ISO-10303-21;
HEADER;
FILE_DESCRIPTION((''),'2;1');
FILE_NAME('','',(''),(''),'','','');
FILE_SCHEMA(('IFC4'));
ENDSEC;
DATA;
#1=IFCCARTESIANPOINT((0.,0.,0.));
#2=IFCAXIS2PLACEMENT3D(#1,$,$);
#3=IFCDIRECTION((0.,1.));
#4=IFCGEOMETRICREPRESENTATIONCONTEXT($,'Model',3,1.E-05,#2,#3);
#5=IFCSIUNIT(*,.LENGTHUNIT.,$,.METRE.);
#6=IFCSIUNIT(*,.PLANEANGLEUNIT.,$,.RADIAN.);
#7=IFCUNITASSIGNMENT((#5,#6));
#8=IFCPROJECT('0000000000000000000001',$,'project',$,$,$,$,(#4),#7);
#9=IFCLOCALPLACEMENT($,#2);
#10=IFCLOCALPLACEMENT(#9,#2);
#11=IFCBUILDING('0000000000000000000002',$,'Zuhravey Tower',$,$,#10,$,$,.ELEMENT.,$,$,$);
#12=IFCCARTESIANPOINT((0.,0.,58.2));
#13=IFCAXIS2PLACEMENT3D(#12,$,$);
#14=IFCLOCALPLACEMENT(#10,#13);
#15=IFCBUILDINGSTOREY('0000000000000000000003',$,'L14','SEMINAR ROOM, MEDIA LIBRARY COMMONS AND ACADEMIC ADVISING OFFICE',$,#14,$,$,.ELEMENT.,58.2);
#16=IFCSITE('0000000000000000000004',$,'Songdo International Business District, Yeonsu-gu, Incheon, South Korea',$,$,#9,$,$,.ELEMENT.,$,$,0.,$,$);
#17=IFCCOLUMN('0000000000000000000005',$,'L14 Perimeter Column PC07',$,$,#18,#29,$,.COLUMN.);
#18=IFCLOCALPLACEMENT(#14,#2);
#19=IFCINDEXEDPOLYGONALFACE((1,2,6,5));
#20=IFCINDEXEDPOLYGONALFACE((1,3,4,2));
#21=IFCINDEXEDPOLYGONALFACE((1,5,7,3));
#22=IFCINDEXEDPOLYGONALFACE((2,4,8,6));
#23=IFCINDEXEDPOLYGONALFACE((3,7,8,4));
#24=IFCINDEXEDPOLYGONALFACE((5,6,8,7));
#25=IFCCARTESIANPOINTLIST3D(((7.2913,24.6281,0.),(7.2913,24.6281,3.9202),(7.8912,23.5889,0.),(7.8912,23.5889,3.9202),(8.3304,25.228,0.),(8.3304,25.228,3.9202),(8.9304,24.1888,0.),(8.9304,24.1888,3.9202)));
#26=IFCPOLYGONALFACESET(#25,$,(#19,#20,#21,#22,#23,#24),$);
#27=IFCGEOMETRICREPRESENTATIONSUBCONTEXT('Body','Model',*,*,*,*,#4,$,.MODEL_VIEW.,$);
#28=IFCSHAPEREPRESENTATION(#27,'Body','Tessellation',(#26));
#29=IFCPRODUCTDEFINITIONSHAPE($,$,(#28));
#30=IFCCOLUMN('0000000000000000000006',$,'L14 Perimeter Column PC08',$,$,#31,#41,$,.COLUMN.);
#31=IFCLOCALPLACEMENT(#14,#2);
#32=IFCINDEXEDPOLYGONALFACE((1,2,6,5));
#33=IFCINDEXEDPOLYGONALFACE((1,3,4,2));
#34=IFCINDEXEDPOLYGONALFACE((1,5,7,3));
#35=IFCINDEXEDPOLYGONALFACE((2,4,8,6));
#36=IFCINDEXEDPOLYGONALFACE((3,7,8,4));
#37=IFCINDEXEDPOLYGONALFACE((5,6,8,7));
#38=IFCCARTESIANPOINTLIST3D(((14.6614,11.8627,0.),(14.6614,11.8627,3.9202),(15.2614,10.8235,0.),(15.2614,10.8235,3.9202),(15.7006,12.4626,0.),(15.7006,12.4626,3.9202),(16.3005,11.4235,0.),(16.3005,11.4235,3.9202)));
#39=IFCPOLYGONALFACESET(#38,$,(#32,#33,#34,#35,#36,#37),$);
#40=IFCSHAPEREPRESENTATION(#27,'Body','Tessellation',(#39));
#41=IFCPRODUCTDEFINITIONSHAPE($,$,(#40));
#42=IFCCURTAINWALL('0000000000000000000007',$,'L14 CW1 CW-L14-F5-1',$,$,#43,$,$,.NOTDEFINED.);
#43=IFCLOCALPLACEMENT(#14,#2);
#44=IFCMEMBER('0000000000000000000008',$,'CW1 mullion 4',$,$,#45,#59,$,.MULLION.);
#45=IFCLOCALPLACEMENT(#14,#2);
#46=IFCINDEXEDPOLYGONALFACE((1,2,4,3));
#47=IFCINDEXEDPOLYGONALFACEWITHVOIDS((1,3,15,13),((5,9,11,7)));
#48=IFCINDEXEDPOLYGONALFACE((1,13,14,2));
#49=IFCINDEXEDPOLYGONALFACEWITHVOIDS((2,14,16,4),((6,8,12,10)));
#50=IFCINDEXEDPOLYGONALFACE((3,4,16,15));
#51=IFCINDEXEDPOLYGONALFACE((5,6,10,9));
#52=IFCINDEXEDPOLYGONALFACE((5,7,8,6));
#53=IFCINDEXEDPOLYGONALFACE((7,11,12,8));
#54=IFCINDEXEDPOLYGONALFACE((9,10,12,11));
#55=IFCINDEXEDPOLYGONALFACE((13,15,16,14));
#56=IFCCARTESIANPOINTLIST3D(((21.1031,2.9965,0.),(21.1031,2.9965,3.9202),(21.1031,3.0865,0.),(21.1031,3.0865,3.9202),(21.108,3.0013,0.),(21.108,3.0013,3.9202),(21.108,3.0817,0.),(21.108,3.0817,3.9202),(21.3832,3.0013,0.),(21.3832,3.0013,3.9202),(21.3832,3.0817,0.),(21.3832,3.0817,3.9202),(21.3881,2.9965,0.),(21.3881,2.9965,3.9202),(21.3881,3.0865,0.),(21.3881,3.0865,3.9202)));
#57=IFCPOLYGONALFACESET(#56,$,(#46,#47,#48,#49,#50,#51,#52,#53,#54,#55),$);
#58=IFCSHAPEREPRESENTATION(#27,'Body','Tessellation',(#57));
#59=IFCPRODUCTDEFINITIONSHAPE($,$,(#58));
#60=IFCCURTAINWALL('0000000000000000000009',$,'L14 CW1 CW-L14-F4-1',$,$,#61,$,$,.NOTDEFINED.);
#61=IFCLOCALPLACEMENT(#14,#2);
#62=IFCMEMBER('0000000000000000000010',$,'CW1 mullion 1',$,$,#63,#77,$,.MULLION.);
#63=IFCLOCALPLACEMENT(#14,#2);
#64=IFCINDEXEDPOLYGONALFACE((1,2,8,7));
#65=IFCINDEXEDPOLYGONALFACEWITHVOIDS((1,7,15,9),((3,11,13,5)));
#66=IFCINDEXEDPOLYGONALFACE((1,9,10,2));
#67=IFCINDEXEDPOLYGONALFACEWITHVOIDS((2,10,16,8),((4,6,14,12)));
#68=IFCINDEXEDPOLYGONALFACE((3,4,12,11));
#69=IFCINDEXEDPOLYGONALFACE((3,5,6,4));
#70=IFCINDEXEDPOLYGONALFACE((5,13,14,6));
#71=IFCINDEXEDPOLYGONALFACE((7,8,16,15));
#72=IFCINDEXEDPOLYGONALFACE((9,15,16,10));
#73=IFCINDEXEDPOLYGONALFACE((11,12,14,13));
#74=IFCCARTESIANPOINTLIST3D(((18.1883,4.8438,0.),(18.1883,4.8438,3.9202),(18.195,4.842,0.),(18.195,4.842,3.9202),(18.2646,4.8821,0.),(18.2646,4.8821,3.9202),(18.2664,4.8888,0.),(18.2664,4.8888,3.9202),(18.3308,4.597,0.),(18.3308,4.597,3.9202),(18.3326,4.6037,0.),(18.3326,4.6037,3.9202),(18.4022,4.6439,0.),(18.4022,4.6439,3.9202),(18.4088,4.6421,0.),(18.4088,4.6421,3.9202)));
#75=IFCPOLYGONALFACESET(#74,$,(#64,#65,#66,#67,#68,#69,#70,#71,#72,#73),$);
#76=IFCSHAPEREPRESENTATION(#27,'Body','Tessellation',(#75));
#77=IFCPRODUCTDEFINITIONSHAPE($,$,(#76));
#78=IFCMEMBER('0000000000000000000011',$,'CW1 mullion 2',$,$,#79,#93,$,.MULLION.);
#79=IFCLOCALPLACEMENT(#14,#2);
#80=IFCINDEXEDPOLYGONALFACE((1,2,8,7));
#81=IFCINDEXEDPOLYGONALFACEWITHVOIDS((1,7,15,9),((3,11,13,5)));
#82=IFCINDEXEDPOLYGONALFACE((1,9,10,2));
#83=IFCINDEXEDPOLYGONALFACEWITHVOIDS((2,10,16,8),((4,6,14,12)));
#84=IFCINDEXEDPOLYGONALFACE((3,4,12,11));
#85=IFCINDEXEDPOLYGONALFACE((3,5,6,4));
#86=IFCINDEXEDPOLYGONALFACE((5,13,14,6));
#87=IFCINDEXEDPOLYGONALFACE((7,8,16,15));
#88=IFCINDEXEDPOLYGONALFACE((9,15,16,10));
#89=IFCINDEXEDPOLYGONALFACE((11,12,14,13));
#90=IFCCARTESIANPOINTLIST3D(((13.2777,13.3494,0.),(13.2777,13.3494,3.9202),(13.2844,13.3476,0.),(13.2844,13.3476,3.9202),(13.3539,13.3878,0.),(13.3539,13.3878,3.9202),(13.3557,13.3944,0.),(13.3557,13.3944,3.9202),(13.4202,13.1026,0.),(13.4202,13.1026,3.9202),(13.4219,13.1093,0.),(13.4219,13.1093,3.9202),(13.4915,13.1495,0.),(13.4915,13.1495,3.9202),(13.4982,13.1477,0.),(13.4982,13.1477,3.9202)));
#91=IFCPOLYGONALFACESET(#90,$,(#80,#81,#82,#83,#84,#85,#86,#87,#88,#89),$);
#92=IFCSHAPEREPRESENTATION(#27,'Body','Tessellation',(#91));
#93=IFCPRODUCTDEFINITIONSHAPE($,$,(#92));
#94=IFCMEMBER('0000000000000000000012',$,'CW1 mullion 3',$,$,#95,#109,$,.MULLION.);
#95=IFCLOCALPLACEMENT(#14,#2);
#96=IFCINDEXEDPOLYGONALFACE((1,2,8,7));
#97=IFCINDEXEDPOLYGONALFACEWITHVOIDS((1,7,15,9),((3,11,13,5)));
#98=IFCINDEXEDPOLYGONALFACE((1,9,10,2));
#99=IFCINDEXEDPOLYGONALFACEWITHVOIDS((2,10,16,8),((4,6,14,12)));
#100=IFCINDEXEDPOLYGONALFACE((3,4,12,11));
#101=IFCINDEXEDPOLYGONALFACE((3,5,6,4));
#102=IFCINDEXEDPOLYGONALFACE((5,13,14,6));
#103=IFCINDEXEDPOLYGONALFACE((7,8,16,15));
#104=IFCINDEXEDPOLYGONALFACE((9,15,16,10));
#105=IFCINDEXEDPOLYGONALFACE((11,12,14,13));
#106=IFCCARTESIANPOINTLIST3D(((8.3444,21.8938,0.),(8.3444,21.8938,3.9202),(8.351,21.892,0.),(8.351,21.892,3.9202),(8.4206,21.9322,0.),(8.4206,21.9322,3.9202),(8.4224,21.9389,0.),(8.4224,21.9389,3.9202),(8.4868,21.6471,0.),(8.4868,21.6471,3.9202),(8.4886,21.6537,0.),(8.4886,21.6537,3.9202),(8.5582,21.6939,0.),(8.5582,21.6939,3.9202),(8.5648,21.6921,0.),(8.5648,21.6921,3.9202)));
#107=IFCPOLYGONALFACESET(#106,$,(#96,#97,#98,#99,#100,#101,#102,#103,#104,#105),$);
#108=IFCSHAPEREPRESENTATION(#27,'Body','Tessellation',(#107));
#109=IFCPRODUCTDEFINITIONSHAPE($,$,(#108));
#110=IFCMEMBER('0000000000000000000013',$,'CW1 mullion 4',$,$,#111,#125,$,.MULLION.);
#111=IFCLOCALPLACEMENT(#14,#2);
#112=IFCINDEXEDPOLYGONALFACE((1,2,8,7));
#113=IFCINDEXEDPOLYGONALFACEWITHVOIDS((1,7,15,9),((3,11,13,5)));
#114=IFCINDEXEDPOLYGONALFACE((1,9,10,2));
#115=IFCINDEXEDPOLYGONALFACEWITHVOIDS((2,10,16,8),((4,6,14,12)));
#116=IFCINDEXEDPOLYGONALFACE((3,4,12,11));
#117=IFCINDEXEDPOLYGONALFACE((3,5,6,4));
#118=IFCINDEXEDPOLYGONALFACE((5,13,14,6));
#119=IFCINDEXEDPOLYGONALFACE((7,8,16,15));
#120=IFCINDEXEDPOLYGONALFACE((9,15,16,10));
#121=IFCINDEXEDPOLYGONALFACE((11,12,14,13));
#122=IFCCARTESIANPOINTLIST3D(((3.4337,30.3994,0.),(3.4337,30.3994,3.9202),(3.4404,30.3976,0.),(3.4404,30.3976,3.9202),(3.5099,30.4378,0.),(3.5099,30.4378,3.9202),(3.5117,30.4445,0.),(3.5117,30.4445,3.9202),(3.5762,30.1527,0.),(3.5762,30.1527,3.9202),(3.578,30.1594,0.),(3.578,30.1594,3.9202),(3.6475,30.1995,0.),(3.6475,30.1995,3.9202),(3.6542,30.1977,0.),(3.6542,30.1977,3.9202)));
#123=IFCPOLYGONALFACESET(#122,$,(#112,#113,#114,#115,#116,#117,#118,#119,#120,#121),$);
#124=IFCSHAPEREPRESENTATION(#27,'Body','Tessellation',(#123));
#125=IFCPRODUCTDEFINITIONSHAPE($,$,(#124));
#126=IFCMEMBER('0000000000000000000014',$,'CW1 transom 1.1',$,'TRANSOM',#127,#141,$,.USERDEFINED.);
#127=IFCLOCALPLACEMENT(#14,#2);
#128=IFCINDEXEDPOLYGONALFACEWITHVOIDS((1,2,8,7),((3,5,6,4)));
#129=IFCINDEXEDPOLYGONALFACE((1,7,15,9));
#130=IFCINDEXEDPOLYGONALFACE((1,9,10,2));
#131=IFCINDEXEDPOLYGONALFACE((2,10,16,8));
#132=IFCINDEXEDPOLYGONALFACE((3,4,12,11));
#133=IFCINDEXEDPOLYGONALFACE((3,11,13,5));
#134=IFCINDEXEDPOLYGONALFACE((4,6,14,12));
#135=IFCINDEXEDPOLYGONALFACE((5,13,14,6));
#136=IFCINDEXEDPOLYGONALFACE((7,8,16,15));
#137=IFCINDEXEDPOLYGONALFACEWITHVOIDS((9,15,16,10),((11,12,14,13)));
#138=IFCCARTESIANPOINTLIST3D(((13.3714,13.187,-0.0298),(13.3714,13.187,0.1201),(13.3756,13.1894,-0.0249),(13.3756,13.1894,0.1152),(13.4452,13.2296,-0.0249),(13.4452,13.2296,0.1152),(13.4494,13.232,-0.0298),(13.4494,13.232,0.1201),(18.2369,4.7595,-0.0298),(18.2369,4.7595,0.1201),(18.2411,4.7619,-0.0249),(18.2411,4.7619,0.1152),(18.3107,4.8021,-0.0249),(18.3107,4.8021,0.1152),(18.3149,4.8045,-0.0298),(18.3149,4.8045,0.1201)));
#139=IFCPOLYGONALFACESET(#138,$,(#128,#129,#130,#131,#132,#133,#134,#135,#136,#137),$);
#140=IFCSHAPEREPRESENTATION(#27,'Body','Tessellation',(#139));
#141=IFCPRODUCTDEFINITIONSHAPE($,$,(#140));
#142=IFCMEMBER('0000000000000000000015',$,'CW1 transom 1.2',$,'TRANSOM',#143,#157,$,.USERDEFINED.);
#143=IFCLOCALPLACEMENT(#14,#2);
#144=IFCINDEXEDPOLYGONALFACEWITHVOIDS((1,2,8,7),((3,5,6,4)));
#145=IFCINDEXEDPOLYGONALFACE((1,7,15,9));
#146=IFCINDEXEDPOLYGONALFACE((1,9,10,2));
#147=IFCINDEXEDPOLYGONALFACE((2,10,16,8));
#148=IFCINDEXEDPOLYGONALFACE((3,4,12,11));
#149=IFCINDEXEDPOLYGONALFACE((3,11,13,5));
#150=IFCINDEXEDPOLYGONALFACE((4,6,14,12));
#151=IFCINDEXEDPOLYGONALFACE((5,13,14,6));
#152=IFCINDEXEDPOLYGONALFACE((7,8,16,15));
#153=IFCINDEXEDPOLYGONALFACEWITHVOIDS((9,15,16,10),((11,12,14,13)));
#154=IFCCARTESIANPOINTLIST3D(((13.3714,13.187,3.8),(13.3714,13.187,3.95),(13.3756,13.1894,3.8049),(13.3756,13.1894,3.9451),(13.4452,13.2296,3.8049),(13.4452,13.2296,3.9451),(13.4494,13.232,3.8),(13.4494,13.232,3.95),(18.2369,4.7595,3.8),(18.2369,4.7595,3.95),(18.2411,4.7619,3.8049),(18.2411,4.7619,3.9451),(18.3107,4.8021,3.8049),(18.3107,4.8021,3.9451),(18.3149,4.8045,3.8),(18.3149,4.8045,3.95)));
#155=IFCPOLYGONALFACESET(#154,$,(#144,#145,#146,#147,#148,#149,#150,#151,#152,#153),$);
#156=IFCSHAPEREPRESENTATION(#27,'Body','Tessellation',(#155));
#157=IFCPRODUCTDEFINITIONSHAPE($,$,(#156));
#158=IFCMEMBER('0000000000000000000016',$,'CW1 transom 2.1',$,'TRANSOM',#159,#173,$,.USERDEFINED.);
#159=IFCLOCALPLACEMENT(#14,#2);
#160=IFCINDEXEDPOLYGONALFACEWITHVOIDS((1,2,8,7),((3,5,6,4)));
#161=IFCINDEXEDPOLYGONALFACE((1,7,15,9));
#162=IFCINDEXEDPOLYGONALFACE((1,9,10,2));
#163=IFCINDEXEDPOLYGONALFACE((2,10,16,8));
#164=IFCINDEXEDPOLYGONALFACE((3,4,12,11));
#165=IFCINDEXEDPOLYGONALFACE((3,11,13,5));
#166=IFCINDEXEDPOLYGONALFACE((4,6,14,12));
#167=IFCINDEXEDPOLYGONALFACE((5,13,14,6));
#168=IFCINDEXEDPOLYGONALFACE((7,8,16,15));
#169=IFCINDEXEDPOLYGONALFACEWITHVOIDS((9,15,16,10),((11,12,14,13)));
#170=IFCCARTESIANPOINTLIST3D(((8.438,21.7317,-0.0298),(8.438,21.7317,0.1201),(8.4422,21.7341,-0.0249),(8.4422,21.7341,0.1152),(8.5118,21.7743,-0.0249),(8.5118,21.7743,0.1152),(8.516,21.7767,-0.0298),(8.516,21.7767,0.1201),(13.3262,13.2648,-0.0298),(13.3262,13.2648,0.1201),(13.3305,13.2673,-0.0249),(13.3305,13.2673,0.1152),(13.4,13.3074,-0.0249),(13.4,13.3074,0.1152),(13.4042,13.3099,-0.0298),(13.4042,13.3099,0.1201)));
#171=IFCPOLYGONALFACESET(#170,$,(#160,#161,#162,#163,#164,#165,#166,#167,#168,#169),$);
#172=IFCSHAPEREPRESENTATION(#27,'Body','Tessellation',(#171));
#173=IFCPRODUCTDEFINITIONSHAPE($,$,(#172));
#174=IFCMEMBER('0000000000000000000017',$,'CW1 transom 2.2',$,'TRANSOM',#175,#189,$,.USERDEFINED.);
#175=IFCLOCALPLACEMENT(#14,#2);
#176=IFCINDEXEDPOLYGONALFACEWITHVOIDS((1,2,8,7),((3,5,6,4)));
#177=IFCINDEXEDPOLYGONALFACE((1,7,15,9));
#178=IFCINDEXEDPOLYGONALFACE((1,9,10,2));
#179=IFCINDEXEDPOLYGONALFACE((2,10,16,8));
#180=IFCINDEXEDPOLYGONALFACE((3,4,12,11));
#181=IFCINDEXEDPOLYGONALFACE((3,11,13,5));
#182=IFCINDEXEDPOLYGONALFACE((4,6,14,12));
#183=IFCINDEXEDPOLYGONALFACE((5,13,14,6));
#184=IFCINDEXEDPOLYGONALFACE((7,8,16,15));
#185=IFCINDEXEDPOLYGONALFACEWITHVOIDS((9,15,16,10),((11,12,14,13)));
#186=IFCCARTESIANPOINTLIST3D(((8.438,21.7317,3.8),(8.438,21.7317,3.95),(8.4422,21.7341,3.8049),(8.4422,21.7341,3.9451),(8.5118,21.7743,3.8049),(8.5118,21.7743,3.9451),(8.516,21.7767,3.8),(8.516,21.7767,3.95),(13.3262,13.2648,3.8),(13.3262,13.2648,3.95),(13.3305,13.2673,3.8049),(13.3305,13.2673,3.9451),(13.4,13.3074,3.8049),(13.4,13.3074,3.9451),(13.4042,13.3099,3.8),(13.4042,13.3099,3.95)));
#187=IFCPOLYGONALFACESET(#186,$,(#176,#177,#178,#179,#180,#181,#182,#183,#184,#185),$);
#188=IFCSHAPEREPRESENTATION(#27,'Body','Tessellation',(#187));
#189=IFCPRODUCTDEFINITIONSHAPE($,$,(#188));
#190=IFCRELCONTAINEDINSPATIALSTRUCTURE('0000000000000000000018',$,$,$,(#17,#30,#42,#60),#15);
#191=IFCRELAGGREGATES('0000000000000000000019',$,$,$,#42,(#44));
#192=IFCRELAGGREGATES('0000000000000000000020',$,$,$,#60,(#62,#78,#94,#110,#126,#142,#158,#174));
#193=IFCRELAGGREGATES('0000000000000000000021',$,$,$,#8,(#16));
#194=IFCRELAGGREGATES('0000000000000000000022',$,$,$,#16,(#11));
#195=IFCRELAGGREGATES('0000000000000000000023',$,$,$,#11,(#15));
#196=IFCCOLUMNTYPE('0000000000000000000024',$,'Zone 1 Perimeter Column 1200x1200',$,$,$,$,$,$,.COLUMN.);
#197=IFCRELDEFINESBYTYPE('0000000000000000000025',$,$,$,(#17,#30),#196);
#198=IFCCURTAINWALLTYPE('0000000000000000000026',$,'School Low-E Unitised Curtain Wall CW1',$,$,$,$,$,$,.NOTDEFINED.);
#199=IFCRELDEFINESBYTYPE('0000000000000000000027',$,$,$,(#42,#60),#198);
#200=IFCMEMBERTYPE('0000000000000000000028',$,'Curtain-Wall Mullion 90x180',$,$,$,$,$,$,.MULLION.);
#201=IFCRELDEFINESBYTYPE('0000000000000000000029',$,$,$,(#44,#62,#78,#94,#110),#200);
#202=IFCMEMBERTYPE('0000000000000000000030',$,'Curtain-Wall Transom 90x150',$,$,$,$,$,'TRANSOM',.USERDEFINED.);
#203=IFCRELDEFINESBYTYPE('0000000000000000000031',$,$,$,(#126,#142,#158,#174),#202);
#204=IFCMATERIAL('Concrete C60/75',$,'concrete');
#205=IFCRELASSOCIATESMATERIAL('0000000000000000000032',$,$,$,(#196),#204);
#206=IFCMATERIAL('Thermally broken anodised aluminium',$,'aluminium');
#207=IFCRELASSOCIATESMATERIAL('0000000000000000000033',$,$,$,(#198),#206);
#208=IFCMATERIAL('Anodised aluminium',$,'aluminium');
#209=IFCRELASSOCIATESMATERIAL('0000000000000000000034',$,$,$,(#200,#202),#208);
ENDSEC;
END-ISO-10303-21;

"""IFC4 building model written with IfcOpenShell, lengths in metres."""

from ifc_helpers import new_model, si_unit, direction, frame, origin, origin_2d, place, context, subcontext, project, spatial, rectangle, hollow_rectangle, extrude, material, material_profile, profile_set, type_object, element, aggregate, save


model = new_model("IFC4")

# Units and contexts
model_context = context("Model", 3, precision=1e-05, world=origin(), true_north=direction((0.0, 1.0)))
body_context = subcontext(model_context, "Body", "Model", "MODEL_VIEW")
ifc_project = project(units=[si_unit("LENGTHUNIT", "METRE"), si_unit("PLANEANGLEUNIT", "RADIAN")], contexts=[model_context])

# Site, building, storey
site_placement = place(None, origin())
site = spatial("IfcSite", under=ifc_project, at=site_placement, Name="Songdo International Business District, Yeonsu-gu, Incheon, South Korea", CompositionType="ELEMENT", RefElevation=0.0)
building_placement = place(site_placement, origin())
building = spatial("IfcBuilding", under=site, at=building_placement, Name="Zuhravey Tower", CompositionType="ELEMENT")
storey_placement = place(building_placement, frame((0.0, 0.0, 58.2)))
storey = spatial("IfcBuildingStorey", under=building, at=storey_placement, Name="L14", Description="SEMINAR ROOM, MEDIA LIBRARY COMMONS AND ACADEMIC ADVISING OFFICE", CompositionType="ELEMENT", Elevation=58.2)

# Columns
ifc_material_1 = material(Name="Concrete C60/75", Category="concrete")
ifc_material_profile_1 = material_profile(ifc_material_1, rectangle(XDim=1.2, YDim=1.2, at=origin_2d()), Name="RC-1200x1200")
ifc_profile_set_1 = profile_set([ifc_material_profile_1], Name="Concrete C60/75")
column_type = type_object("IfcColumnType", Name="Zone 1 Perimeter Column 1200x1200", PredefinedType="COLUMN", material=ifc_profile_set_1)
for number, where, z_axis, x_axis, name in (
    (1, (8.1108, 24.4084, 0.0), (0.0, 0.0, 1.0), (0.5, -0.866025, 0.0), "L14 Perimeter Column PC07"),
    (2, (15.481, 11.6431, 0.0), (0.0, 0.0, 1.0), (0.5, -0.866025, 0.0), "L14 Perimeter Column PC08"),
):
    element("IfcColumn", number, at=place(storey_placement, frame(where, z_axis=z_axis, x_axis=x_axis)), inside=storey, type_object=column_type, Name=name, PredefinedType="COLUMN", context=body_context, shape_type="SweptSolid", body=[
        extrude(rectangle(XDim=1.2, YDim=1.2, at=origin_2d()), origin(), (0.0, 0.0, 1.0), 3.9202),
    ])

# Curtain wall, member
ifc_material_2 = material(Name="Thermally broken anodised aluminium", Category="aluminium")
curtain_wall_type = type_object("IfcCurtainWallType", Name="School Low-E Unitised Curtain Wall CW1", PredefinedType="NOTDEFINED", material=ifc_material_2)
curtain_wall_1_placement = place(storey_placement, origin())
curtain_wall_1 = element("IfcCurtainWall", 3, at=curtain_wall_1_placement, inside=storey, type_object=curtain_wall_type, Name="L14 CW1 CW-L14-F5-1", PredefinedType="NOTDEFINED")
ifc_material_3 = material(Name="Anodised aluminium", Category="aluminium")
ifc_material_profile_2 = material_profile(ifc_material_3, hollow_rectangle(XDim=0.0901, YDim=0.2849, WallThickness=0.0049, at=origin_2d()), Name="ALU-RHS-90x285x5")
ifc_profile_set_2 = profile_set([ifc_material_profile_2], Name="Anodised aluminium")
member_type_1 = type_object("IfcMemberType", Name="Curtain-Wall Mullion 90x180", PredefinedType="MULLION", material=ifc_profile_set_2)
member_1_placement = place(storey_placement, frame((21.2456, 3.0415, 0.0), z_axis=(0.0, 0.0, 1.0), x_axis=(0.0, -1.0, 0.0)))
member_1 = element("IfcMember", 4, at=member_1_placement, type_object=member_type_1, Name="CW1 mullion 4", PredefinedType="MULLION", context=body_context, shape_type="SweptSolid", body=[
    extrude(hollow_rectangle(XDim=0.0901, YDim=0.2849, WallThickness=0.0049, at=origin_2d()), origin(), (0.0, 0.0, 1.0), 3.9202),
])
aggregate(curtain_wall_1, [member_1])

# Curtain wall, members
curtain_wall_2_placement = place(storey_placement, origin())
curtain_wall_2 = element("IfcCurtainWall", 5, at=curtain_wall_2_placement, inside=storey, type_object=curtain_wall_type, Name="L14 CW1 CW-L14-F4-1", PredefinedType="NOTDEFINED")
member_2_placement = place(storey_placement, frame((18.2986, 4.7429, 0.0), z_axis=(0.0, 0.0, 1.0), x_axis=(-0.866026, -0.5, 0.0)))
member_2 = element("IfcMember", 6, at=member_2_placement, type_object=member_type_1, Name="CW1 mullion 1", PredefinedType="MULLION", context=body_context, shape_type="SweptSolid", body=[
    extrude(hollow_rectangle(XDim=0.0901, YDim=0.2849, WallThickness=0.0049, at=origin_2d()), origin(), (0.0, 0.0, 1.0), 3.9202),
])
member_3_placement = place(storey_placement, frame((13.3879, 13.2485, 0.0), z_axis=(0.0, 0.0, 1.0), x_axis=(-0.866026, -0.5, 0.0)))
member_3 = element("IfcMember", 7, at=member_3_placement, type_object=member_type_1, Name="CW1 mullion 2", PredefinedType="MULLION", context=body_context, shape_type="SweptSolid", body=[
    extrude(hollow_rectangle(XDim=0.0901, YDim=0.2849, WallThickness=0.0049, at=origin_2d()), origin(), (0.0, 0.0, 1.0), 3.9202),
])
member_4_placement = place(storey_placement, frame((8.4546, 21.793, 0.0), z_axis=(0.0, 0.0, 1.0), x_axis=(-0.866026, -0.5, 0.0)))
member_4 = element("IfcMember", 8, at=member_4_placement, type_object=member_type_1, Name="CW1 mullion 3", PredefinedType="MULLION", context=body_context, shape_type="SweptSolid", body=[
    extrude(hollow_rectangle(XDim=0.0901, YDim=0.2849, WallThickness=0.0049, at=origin_2d()), origin(), (0.0, 0.0, 1.0), 3.9202),
])
member_5_placement = place(storey_placement, frame((3.5439, 30.2986, 0.0), z_axis=(0.0, 0.0, 1.0), x_axis=(-0.866026, -0.5, 0.0)))
member_5 = element("IfcMember", 9, at=member_5_placement, type_object=member_type_1, Name="CW1 mullion 4", PredefinedType="MULLION", context=body_context, shape_type="SweptSolid", body=[
    extrude(hollow_rectangle(XDim=0.0901, YDim=0.2849, WallThickness=0.0049, at=origin_2d()), origin(), (0.0, 0.0, 1.0), 3.9202),
])
ifc_material_profile_3 = material_profile(ifc_material_3, hollow_rectangle(XDim=0.0901, YDim=0.1499, WallThickness=0.0049, at=origin_2d()), Name="ALU-RHS-90x150x5")
ifc_profile_set_3 = profile_set([ifc_material_profile_3], Name="Anodised aluminium")
member_type_2 = type_object("IfcMemberType", Name="Curtain-Wall Transom 90x150", ElementType="TRANSOM", PredefinedType="USERDEFINED", material=ifc_profile_set_3)
member_6_placement = place(storey_placement, frame((18.2759, 4.782, 0.0452), z_axis=(-0.49999, 0.866031, 0.0), x_axis=(-0.866031, -0.49999, 0.0)))
member_6 = element("IfcMember", 10, at=member_6_placement, type_object=member_type_2, Name="CW1 transom 1.1", ObjectType="TRANSOM", PredefinedType="USERDEFINED", context=body_context, shape_type="SweptSolid", body=[
    extrude(hollow_rectangle(XDim=0.0901, YDim=0.1499, WallThickness=0.0049, at=origin_2d()), origin(), (0.0, 0.0, 1.0), 9.7312),
])
member_7_placement = place(storey_placement, frame((18.2759, 4.782, 3.875), z_axis=(-0.49999, 0.866031, 0.0), x_axis=(-0.866031, -0.49999, 0.0)))
member_7 = element("IfcMember", 11, at=member_7_placement, type_object=member_type_2, Name="CW1 transom 1.2", ObjectType="TRANSOM", PredefinedType="USERDEFINED", context=body_context, shape_type="SweptSolid", body=[
    extrude(hollow_rectangle(XDim=0.0901, YDim=0.1499, WallThickness=0.0049, at=origin_2d()), origin(), (0.0, 0.0, 1.0), 9.7312),
])
member_8_placement = place(storey_placement, frame((13.3652, 13.2874, 0.0452), z_axis=(-0.49999, 0.866031, 0.0), x_axis=(-0.866031, -0.49999, 0.0)))
member_8 = element("IfcMember", 12, at=member_8_placement, type_object=member_type_2, Name="CW1 transom 2.1", ObjectType="TRANSOM", PredefinedType="USERDEFINED", context=body_context, shape_type="SweptSolid", body=[
    extrude(hollow_rectangle(XDim=0.0901, YDim=0.1499, WallThickness=0.0049, at=origin_2d()), origin(), (0.0, 0.0, 1.0), 9.7766),
])
member_9_placement = place(storey_placement, frame((13.3652, 13.2874, 3.875), z_axis=(-0.49999, 0.866031, 0.0), x_axis=(-0.866031, -0.49999, 0.0)))
member_9 = element("IfcMember", 13, at=member_9_placement, type_object=member_type_2, Name="CW1 transom 2.2", ObjectType="TRANSOM", PredefinedType="USERDEFINED", context=body_context, shape_type="SweptSolid", body=[
    extrude(hollow_rectangle(XDim=0.0901, YDim=0.1499, WallThickness=0.0049, at=origin_2d()), origin(), (0.0, 0.0, 1.0), 9.7766),
])

aggregate(curtain_wall_2, [member_2, member_3, member_4, member_5, member_6, member_7, member_8, member_9])

save(model, "model.ifc")
